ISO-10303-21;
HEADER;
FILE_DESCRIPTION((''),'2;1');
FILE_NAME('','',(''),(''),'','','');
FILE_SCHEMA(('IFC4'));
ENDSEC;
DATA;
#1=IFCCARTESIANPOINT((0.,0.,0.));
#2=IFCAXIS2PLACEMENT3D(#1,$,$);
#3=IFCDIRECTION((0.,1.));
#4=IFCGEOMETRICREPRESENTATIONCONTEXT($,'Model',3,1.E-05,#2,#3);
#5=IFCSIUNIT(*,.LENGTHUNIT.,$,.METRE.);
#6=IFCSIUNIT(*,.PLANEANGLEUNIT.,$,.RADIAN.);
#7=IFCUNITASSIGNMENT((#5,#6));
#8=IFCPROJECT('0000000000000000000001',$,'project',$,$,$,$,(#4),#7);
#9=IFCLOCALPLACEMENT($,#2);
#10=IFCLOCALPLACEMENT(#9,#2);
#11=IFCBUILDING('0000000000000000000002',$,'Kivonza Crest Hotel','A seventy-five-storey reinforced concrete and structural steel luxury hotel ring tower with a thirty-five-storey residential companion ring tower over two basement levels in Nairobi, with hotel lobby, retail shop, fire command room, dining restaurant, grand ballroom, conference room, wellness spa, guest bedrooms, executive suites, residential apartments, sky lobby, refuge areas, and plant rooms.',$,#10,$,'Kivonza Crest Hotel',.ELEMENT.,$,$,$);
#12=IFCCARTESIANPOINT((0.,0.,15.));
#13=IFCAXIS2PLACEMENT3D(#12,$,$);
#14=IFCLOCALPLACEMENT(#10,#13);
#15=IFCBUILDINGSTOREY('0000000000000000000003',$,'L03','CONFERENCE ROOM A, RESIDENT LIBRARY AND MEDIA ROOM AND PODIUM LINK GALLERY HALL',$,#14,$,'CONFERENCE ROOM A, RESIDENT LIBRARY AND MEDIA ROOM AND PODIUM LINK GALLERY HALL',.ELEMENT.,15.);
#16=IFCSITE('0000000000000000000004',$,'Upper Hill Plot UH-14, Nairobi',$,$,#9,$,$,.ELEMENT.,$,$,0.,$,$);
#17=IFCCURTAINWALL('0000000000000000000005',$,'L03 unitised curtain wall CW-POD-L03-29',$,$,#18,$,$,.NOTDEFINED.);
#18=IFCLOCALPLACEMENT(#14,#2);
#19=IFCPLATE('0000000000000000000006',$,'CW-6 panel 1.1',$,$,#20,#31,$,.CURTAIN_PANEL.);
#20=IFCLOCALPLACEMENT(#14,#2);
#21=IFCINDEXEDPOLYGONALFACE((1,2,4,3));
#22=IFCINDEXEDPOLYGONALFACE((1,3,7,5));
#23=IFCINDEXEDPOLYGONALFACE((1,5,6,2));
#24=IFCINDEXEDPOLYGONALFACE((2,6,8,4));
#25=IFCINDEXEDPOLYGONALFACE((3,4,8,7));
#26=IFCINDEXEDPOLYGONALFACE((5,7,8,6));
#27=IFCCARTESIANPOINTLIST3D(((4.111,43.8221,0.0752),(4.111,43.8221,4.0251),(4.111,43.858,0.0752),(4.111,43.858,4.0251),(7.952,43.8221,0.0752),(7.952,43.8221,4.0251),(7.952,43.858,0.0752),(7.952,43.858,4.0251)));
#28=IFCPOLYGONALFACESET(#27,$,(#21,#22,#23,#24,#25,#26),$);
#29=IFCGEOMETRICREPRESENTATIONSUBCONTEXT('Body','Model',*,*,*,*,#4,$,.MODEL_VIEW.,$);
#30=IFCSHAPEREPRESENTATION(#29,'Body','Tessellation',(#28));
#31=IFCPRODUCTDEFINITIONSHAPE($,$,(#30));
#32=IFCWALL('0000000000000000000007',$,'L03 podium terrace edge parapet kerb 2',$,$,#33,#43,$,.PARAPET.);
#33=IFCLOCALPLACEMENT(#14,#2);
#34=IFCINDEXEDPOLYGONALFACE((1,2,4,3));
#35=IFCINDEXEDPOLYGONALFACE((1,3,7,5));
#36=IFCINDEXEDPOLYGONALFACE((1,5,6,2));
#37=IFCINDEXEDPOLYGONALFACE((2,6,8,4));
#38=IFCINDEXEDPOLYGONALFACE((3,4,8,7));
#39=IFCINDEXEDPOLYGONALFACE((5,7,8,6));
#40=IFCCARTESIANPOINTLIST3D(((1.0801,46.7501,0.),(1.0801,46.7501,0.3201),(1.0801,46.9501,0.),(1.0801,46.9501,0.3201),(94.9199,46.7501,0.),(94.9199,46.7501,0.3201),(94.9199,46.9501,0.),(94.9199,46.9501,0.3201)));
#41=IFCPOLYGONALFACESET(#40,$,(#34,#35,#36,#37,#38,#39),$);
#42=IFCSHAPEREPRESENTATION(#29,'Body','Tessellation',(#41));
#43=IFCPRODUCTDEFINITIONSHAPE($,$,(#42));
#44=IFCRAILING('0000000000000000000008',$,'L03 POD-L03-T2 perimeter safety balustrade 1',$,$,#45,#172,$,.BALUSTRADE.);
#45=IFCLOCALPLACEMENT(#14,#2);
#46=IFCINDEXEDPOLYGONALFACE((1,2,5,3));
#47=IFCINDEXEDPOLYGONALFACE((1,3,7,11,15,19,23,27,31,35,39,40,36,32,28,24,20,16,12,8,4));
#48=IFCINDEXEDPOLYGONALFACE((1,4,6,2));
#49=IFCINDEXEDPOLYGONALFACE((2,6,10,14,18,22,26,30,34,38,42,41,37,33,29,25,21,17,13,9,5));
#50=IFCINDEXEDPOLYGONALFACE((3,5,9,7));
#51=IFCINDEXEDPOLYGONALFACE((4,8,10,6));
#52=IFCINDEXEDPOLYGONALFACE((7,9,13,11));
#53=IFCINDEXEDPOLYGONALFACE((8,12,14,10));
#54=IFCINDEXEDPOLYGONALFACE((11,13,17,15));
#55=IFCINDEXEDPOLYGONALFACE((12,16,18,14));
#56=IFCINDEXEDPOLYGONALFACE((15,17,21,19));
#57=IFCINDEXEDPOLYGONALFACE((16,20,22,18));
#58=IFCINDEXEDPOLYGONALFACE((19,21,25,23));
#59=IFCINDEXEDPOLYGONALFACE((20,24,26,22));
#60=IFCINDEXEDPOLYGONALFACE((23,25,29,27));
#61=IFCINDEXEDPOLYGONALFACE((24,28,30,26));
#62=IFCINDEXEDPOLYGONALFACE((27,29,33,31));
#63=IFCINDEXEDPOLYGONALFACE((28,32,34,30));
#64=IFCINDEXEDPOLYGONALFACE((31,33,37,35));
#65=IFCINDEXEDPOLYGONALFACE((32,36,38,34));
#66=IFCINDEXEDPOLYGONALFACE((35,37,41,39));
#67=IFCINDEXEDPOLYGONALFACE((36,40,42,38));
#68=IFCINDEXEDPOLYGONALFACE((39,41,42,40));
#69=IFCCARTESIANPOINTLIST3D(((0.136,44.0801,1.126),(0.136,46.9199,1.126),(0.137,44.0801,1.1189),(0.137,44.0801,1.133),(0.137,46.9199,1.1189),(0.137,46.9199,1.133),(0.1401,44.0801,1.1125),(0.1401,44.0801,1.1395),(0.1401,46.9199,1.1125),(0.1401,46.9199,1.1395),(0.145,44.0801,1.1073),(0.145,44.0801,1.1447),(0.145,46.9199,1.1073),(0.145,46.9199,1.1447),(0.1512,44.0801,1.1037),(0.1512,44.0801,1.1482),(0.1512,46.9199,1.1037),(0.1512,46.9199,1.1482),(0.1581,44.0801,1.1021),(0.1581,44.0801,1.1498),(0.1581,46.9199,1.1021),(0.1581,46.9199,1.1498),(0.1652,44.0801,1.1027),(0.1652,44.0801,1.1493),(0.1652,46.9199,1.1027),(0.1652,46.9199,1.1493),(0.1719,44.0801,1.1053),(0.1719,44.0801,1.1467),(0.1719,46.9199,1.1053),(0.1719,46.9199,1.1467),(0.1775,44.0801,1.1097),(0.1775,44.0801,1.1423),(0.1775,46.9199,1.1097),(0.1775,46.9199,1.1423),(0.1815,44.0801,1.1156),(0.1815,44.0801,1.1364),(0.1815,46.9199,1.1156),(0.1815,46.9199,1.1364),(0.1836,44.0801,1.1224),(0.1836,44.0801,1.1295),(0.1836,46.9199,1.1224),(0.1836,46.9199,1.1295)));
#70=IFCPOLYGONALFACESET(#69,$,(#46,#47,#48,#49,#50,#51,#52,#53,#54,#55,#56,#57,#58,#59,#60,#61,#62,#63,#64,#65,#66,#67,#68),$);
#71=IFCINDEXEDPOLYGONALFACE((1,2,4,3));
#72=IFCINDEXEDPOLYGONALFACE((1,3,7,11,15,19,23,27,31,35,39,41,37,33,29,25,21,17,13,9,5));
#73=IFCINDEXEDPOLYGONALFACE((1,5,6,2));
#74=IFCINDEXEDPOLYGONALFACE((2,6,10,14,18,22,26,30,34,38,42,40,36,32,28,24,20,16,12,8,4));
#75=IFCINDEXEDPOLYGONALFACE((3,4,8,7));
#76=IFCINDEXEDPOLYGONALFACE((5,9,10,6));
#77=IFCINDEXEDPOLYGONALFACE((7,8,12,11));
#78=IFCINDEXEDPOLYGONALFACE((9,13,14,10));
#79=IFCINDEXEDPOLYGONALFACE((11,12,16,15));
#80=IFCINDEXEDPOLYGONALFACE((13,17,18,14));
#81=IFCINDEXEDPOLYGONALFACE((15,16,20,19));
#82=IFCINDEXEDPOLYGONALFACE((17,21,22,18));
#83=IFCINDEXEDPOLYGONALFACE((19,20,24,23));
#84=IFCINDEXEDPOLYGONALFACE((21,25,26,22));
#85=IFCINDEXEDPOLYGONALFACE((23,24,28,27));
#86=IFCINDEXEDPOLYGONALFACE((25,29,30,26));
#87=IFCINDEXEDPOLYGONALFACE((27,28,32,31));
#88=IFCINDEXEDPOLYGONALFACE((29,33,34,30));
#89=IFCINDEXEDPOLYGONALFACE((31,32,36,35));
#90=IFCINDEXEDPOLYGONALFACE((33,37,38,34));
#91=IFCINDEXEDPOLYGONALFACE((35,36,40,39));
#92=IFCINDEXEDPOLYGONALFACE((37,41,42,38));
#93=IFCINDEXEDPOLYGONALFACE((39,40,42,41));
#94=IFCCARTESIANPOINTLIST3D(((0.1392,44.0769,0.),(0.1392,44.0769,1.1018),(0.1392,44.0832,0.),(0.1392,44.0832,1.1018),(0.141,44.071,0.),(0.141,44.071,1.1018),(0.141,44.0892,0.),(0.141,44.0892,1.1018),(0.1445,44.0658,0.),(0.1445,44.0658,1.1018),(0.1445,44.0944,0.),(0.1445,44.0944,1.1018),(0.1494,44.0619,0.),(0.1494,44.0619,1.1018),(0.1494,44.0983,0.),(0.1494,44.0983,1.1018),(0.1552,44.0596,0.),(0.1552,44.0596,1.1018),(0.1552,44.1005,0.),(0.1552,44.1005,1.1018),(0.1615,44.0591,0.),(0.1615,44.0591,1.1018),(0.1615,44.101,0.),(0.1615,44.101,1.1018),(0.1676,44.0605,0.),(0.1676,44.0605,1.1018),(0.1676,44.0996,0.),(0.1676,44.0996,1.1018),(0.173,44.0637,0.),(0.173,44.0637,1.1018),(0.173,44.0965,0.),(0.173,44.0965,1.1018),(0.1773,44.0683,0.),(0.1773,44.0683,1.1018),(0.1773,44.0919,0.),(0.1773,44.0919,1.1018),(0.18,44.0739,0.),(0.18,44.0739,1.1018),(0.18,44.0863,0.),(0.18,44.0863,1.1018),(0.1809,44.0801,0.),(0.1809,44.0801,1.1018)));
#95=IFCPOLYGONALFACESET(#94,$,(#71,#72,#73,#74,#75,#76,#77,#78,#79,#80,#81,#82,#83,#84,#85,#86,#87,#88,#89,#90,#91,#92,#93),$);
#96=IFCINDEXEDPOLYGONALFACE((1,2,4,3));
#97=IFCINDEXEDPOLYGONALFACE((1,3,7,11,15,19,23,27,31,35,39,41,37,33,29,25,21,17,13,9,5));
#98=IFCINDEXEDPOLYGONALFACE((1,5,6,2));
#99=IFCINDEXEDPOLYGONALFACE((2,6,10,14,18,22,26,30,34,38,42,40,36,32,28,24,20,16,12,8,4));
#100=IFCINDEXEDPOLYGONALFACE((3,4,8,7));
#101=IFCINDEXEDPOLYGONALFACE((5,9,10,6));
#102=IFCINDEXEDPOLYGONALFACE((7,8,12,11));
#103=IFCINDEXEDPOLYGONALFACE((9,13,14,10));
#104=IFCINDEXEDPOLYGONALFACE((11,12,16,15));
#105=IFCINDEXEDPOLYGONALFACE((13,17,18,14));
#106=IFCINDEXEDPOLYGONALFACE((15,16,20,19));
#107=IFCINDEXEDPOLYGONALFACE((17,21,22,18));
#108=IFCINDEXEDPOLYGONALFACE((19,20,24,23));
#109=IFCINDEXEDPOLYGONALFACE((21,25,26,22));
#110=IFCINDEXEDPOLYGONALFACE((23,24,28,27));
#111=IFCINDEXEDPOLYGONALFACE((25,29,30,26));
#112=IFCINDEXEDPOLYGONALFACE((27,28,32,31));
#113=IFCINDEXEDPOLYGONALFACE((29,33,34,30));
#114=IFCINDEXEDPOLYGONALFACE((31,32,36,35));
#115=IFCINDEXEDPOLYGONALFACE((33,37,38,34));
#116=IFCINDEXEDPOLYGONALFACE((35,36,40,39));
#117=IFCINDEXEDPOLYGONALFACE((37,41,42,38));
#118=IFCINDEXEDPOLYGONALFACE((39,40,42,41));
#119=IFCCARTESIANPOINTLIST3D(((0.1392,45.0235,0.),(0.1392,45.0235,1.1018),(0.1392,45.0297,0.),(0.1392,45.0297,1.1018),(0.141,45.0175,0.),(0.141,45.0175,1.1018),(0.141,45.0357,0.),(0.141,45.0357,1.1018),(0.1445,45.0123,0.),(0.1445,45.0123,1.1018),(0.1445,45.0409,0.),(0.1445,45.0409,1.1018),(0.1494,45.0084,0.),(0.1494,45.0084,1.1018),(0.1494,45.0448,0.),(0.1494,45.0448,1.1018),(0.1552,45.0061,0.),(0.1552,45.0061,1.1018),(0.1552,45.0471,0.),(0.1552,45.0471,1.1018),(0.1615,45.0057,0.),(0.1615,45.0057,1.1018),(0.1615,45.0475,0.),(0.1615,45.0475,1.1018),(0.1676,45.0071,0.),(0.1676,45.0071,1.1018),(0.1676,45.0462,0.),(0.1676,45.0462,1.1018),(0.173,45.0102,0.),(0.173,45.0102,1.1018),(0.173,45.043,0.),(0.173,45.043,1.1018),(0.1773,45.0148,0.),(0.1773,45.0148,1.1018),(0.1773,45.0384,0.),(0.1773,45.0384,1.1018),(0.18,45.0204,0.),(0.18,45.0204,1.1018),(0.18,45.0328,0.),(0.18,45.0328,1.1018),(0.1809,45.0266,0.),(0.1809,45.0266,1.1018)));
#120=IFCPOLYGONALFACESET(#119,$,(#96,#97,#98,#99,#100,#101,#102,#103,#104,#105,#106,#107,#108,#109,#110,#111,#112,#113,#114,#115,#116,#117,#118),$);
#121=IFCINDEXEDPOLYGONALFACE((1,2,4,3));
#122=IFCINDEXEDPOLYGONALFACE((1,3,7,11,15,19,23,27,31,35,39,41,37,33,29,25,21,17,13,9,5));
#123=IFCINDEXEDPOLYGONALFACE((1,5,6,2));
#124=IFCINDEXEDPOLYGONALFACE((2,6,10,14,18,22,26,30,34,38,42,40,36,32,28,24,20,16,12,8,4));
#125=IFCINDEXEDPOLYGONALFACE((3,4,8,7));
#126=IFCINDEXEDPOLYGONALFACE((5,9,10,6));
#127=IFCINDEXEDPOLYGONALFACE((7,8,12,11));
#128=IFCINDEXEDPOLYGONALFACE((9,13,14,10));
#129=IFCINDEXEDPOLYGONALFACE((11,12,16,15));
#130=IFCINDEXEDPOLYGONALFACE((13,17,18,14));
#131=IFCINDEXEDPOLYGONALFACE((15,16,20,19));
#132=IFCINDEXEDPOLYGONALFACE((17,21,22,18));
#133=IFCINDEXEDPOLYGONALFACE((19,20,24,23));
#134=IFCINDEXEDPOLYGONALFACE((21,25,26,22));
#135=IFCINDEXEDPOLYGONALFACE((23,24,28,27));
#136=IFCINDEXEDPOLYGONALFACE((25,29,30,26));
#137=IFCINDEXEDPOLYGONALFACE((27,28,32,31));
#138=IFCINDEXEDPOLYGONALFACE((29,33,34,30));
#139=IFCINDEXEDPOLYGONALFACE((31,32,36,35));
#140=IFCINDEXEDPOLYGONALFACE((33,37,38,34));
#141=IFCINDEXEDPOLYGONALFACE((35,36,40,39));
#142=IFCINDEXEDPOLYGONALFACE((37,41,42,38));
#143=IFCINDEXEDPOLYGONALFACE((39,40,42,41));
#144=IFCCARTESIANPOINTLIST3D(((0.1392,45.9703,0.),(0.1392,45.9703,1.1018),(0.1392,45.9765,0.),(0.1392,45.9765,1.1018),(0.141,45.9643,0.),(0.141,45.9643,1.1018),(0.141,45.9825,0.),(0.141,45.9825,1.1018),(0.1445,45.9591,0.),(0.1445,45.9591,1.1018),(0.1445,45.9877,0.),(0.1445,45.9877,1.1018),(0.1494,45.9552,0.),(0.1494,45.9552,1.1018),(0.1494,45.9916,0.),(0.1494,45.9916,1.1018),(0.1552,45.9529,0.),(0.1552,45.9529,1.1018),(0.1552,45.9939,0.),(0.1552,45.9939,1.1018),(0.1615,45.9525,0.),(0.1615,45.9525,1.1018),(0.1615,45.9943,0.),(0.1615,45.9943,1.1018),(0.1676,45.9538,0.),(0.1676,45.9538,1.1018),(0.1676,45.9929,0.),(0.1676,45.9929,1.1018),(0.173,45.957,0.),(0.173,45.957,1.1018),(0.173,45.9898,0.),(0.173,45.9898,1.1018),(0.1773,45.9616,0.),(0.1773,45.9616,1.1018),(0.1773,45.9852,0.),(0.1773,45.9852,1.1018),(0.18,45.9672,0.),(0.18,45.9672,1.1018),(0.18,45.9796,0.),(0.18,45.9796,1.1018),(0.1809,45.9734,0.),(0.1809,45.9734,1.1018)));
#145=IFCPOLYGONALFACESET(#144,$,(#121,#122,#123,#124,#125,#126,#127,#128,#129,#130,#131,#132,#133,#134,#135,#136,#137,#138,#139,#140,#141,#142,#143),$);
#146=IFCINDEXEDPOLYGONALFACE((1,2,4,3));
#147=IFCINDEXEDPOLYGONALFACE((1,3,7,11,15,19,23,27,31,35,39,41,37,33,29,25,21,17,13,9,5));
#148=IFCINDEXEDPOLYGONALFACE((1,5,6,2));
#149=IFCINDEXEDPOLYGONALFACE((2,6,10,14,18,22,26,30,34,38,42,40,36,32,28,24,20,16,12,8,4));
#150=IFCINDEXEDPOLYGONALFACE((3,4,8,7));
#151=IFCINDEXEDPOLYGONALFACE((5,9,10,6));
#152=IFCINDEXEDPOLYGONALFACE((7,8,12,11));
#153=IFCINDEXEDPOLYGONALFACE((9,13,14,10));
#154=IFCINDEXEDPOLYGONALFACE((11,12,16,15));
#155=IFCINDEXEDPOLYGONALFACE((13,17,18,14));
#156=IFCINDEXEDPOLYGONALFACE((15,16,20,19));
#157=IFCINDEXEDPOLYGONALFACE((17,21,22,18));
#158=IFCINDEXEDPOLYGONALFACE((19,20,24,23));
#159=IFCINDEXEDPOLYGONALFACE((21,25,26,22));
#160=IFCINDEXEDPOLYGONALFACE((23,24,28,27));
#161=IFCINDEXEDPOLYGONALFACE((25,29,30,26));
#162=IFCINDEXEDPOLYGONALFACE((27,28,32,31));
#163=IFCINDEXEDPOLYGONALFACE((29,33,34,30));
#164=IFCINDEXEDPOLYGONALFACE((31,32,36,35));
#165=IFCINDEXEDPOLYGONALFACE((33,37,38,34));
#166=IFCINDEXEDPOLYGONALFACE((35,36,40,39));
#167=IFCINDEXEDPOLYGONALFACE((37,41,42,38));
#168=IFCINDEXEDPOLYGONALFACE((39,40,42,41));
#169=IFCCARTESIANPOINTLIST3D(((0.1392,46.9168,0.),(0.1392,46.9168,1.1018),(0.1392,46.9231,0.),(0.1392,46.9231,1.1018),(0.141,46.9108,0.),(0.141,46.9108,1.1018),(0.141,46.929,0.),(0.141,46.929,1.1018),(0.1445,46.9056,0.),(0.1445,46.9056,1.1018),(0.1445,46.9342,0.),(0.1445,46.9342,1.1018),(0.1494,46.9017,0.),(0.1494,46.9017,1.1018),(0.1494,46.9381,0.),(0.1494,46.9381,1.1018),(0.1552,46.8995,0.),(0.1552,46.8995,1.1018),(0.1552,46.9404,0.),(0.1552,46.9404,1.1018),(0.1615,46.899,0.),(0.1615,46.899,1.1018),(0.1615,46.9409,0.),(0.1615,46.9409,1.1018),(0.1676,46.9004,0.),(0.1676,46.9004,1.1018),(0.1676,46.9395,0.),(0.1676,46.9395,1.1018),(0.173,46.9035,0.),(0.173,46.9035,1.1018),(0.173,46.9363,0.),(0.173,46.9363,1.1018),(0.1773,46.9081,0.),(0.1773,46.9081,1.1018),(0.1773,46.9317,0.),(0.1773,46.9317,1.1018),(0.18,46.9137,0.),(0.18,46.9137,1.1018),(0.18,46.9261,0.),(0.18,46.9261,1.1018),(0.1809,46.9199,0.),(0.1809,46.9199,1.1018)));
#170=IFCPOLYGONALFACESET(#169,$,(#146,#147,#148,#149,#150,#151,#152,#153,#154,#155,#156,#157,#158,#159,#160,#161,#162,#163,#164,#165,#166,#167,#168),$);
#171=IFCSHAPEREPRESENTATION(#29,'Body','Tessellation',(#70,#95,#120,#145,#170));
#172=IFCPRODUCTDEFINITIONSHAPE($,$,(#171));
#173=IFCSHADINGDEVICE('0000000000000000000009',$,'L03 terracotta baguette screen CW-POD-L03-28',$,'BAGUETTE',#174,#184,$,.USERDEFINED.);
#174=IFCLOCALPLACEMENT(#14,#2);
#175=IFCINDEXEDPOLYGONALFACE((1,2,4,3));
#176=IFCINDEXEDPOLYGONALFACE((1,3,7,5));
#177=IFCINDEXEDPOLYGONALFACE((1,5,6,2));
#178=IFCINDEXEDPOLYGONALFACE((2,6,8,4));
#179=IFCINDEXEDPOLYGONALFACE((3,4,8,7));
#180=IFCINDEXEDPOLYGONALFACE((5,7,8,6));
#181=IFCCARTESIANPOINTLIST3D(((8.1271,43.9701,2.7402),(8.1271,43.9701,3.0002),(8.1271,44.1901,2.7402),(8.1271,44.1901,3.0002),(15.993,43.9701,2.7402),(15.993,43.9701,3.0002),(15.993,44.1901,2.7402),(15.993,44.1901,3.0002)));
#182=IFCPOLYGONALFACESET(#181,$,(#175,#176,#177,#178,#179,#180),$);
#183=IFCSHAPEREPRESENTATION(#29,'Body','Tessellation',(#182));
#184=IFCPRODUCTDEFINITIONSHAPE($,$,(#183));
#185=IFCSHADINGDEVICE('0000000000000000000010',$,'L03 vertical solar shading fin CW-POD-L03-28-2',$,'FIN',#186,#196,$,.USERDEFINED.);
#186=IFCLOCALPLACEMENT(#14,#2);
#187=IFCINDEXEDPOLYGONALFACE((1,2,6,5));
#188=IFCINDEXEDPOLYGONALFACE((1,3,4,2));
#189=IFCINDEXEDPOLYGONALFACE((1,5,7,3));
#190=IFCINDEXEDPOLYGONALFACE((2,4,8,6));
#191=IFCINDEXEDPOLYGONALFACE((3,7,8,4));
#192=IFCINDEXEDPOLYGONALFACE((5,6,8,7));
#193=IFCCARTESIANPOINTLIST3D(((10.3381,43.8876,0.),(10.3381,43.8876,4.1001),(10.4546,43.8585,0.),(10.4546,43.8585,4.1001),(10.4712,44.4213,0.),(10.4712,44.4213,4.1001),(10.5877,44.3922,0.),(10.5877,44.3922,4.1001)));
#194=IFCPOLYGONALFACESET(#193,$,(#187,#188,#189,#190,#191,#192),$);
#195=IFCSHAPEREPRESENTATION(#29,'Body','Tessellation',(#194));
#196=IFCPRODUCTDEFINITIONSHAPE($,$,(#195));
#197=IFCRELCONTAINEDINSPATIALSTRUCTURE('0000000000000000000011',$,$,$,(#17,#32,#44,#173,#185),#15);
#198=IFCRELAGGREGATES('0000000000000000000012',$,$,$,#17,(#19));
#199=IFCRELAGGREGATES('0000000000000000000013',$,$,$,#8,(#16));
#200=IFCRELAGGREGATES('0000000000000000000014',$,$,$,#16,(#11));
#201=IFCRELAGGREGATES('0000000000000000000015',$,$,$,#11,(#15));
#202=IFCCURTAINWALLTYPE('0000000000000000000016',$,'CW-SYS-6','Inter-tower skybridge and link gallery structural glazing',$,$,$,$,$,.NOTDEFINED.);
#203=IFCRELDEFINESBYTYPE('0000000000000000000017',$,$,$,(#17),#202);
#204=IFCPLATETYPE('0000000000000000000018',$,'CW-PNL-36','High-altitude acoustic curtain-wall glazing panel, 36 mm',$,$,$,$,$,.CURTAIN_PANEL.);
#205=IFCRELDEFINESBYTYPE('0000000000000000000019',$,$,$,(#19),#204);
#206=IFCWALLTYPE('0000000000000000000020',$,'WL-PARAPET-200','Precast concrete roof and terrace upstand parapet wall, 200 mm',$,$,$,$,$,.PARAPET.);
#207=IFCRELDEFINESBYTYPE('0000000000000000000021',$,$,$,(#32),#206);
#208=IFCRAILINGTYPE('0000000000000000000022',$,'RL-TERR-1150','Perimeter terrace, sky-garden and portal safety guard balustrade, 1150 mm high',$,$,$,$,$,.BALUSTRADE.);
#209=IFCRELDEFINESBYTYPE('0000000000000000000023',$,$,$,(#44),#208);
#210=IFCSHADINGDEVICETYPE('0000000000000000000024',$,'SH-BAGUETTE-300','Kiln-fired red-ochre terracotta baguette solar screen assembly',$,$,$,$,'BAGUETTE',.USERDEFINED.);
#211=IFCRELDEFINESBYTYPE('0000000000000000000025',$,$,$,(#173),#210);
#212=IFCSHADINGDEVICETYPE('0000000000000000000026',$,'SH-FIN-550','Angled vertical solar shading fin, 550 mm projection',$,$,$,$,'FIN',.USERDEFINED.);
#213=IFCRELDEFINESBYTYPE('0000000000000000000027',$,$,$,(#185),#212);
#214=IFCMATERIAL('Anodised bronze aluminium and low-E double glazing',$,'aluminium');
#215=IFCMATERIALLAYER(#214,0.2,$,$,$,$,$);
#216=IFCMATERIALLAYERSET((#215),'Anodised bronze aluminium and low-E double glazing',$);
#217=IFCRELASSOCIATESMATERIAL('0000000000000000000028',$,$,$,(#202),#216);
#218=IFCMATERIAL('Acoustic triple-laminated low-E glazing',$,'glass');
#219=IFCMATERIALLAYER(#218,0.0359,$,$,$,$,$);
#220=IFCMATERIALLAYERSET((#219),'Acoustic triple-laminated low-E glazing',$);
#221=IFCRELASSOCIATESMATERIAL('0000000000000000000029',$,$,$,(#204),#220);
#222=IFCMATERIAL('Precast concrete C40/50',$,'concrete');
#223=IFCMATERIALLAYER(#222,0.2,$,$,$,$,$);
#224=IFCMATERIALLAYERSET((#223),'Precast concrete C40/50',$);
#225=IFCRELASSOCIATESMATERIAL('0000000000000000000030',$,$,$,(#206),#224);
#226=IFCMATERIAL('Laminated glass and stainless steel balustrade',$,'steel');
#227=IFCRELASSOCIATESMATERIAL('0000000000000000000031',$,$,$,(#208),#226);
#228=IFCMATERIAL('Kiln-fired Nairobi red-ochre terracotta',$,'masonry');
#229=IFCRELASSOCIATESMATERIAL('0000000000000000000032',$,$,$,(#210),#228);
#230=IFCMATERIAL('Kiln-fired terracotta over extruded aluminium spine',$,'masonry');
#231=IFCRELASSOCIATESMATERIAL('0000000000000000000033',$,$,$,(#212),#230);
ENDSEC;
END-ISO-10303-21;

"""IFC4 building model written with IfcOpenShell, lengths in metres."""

from ifc_helpers import new_model, si_unit, direction, frame, frame_2d, origin, origin_2d, place, context, subcontext, project, spatial, rectangle, circle, extrude, material, layer, layer_set, type_object, element, aggregate, save


model = new_model("IFC4")

# Units and contexts
model_context = context("Model", 3, precision=1e-05, world=origin(), true_north=direction((0.0, 1.0)))
body_context = subcontext(model_context, "Body", "Model", "MODEL_VIEW")
ifc_project = project(units=[si_unit("LENGTHUNIT", "METRE"), si_unit("PLANEANGLEUNIT", "RADIAN")], contexts=[model_context])

# Site, building, storey
site_placement = place(None, origin())
site = spatial("IfcSite", under=ifc_project, at=site_placement, Name="Upper Hill Plot UH-14, Nairobi", CompositionType="ELEMENT", RefElevation=0.0)
building_placement = place(site_placement, origin())
building = spatial("IfcBuilding", under=site, at=building_placement, Name="Kivonza Crest Hotel", Description="A seventy-five-storey reinforced concrete and structural steel luxury hotel ring tower with a thirty-five-storey residential companion ring tower over two basement levels in Nairobi, with hotel lobby, retail shop, fire command room, dining restaurant, grand ballroom, conference room, wellness spa, guest bedrooms, executive suites, residential apartments, sky lobby, refuge areas, and plant rooms.", LongName="Kivonza Crest Hotel", CompositionType="ELEMENT")
storey_placement = place(building_placement, frame((0.0, 0.0, 15.0)))
storey = spatial("IfcBuildingStorey", under=building, at=storey_placement, Name="L03", Description="CONFERENCE ROOM A, RESIDENT LIBRARY AND MEDIA ROOM AND PODIUM LINK GALLERY HALL", LongName="CONFERENCE ROOM A, RESIDENT LIBRARY AND MEDIA ROOM AND PODIUM LINK GALLERY HALL", CompositionType="ELEMENT", Elevation=15.0)

# Curtain wall
ifc_material_1 = material(Name="Anodised bronze aluminium and low-E double glazing", Category="aluminium")
ifc_layer_1 = layer(ifc_material_1, 0.2)
ifc_layer_set_1 = layer_set([ifc_layer_1], Name="Anodised bronze aluminium and low-E double glazing")
curtain_wall_type = type_object("IfcCurtainWallType", Name="CW-SYS-6", Description="Inter-tower skybridge and link gallery structural glazing", PredefinedType="NOTDEFINED", material=ifc_layer_set_1)
curtain_wall_1_placement = place(storey_placement, origin())
curtain_wall_1 = element("IfcCurtainWall", 1, at=curtain_wall_1_placement, inside=storey, type_object=curtain_wall_type, Name="L03 unitised curtain wall CW-POD-L03-29", PredefinedType="NOTDEFINED")

# Plate
ifc_material_2 = material(Name="Acoustic triple-laminated low-E glazing", Category="glass")
ifc_layer_2 = layer(ifc_material_2, 0.0359)
ifc_layer_set_2 = layer_set([ifc_layer_2], Name="Acoustic triple-laminated low-E glazing")
plate_type = type_object("IfcPlateType", Name="CW-PNL-36", Description="High-altitude acoustic curtain-wall glazing panel, 36 mm", PredefinedType="CURTAIN_PANEL", material=ifc_layer_set_2)
plate_1_placement = place(storey_placement, frame((6.0315, 43.8401, 0.0752), z_axis=(0.0, 0.0, 1.0), x_axis=(-1.0, 0.0, 0.0)))
plate_1 = element("IfcPlate", 2, at=plate_1_placement, type_object=plate_type, Name="CW-6 panel 1.1", PredefinedType="CURTAIN_PANEL", context=body_context, shape_type="SweptSolid", body=[
    extrude(rectangle(XDim=3.8411, YDim=0.0359, at=origin_2d()), origin(), (0.0, 0.0, 1.0), 3.95),
])
aggregate(curtain_wall_1, [plate_1])

# Wall
ifc_material_3 = material(Name="Precast concrete C40/50", Category="concrete")
ifc_layer_3 = layer(ifc_material_3, 0.2)
ifc_layer_set_3 = layer_set([ifc_layer_3], Name="Precast concrete C40/50")
wall_type = type_object("IfcWallType", Name="WL-PARAPET-200", Description="Precast concrete roof and terrace upstand parapet wall, 200 mm", PredefinedType="PARAPET", material=ifc_layer_set_3)
wall_placement = place(storey_placement, frame((1.0801, 46.8501, 0.0), z_axis=(0.0, 0.0, 1.0), x_axis=(1.0, 0.0, 0.0)))
element("IfcWall", 3, at=wall_placement, inside=storey, type_object=wall_type, Name="L03 podium terrace edge parapet kerb 2", PredefinedType="PARAPET", context=body_context, shape_type="SweptSolid", body=[
    extrude(rectangle(XDim=93.8398, YDim=0.2, at=frame_2d((46.9199, 0.0))), origin(), (0.0, 0.0, 1.0), 0.3201),
])

# Railing
ifc_material_4 = material(Name="Laminated glass and stainless steel balustrade", Category="steel")
railing_type = type_object("IfcRailingType", Name="RL-TERR-1150", Description="Perimeter terrace, sky-garden and portal safety guard balustrade, 1150 mm high", PredefinedType="BALUSTRADE", material=ifc_material_4)
railing_1_placement = place(storey_placement, frame((0.1599, 44.0801, 0.0)))
element("IfcRailing", 4, at=railing_1_placement, inside=storey, type_object=railing_type, Name="L03 POD-L03-T2 perimeter safety balustrade 1", PredefinedType="BALUSTRADE", context=body_context, shape_type="SweptSolid", body=[
    extrude(circle(Radius=0.0239, at=origin_2d()), frame((0.0, 0.0, 1.126), z_axis=(0.0, 1.0, 0.0), x_axis=(-1.0, 0.0, 0.0)), (0.0, 0.0, 1.0), 2.8398),
    extrude(circle(Radius=0.021, at=origin_2d()), origin(), (0.0, 0.0, 1.0), 1.1018),
    extrude(circle(Radius=0.021, at=origin_2d()), frame((0.0, 0.9465, 0.0)), (0.0, 0.0, 1.0), 1.1018),
    extrude(circle(Radius=0.021, at=origin_2d()), frame((0.0, 1.8933, 0.0)), (0.0, 0.0, 1.0), 1.1018),
    extrude(circle(Radius=0.021, at=origin_2d()), frame((0.0, 2.8398, 0.0)), (0.0, 0.0, 1.0), 1.1018),
])

# Shading devices
ifc_material_5 = material(Name="Kiln-fired Nairobi red-ochre terracotta", Category="masonry")
shading_device_type_1 = type_object("IfcShadingDeviceType", Name="SH-BAGUETTE-300", Description="Kiln-fired red-ochre terracotta baguette solar screen assembly", ElementType="BAGUETTE", PredefinedType="USERDEFINED", material=ifc_material_5)
shading_device_1_placement = place(storey_placement, frame((12.0601, 44.0801, 2.7402), z_axis=(0.0, 0.0, 1.0), x_axis=(-1.0, 0.0, 0.0)))
element("IfcShadingDevice", 5, at=shading_device_1_placement, inside=storey, type_object=shading_device_type_1, Name="L03 terracotta baguette screen CW-POD-L03-28", ObjectType="BAGUETTE", PredefinedType="USERDEFINED", context=body_context, shape_type="SweptSolid", body=[
    extrude(rectangle(XDim=7.866, YDim=0.22, at=origin_2d()), origin(), (0.0, 0.0, 1.0), 0.26),
])
ifc_material_6 = material(Name="Kiln-fired terracotta over extruded aluminium spine", Category="masonry")
shading_device_type_2 = type_object("IfcShadingDeviceType", Name="SH-FIN-550", Description="Angled vertical solar shading fin, 550 mm projection", ElementType="FIN", PredefinedType="USERDEFINED", material=ifc_material_6)
shading_device_2_placement = place(storey_placement, frame((10.4629, 44.1399, 0.0), z_axis=(0.0, 0.0, 1.0), x_axis=(-0.970296, 0.241922, 0.0)))
element("IfcShadingDevice", 6, at=shading_device_2_placement, inside=storey, type_object=shading_device_type_2, Name="L03 vertical solar shading fin CW-POD-L03-28-2", ObjectType="FIN", PredefinedType="USERDEFINED", context=body_context, shape_type="SweptSolid", body=[
    extrude(rectangle(XDim=0.1201, YDim=0.55, at=origin_2d()), origin(), (0.0, 0.0, 1.0), 4.1001),
])

save(model, "model.ifc")
